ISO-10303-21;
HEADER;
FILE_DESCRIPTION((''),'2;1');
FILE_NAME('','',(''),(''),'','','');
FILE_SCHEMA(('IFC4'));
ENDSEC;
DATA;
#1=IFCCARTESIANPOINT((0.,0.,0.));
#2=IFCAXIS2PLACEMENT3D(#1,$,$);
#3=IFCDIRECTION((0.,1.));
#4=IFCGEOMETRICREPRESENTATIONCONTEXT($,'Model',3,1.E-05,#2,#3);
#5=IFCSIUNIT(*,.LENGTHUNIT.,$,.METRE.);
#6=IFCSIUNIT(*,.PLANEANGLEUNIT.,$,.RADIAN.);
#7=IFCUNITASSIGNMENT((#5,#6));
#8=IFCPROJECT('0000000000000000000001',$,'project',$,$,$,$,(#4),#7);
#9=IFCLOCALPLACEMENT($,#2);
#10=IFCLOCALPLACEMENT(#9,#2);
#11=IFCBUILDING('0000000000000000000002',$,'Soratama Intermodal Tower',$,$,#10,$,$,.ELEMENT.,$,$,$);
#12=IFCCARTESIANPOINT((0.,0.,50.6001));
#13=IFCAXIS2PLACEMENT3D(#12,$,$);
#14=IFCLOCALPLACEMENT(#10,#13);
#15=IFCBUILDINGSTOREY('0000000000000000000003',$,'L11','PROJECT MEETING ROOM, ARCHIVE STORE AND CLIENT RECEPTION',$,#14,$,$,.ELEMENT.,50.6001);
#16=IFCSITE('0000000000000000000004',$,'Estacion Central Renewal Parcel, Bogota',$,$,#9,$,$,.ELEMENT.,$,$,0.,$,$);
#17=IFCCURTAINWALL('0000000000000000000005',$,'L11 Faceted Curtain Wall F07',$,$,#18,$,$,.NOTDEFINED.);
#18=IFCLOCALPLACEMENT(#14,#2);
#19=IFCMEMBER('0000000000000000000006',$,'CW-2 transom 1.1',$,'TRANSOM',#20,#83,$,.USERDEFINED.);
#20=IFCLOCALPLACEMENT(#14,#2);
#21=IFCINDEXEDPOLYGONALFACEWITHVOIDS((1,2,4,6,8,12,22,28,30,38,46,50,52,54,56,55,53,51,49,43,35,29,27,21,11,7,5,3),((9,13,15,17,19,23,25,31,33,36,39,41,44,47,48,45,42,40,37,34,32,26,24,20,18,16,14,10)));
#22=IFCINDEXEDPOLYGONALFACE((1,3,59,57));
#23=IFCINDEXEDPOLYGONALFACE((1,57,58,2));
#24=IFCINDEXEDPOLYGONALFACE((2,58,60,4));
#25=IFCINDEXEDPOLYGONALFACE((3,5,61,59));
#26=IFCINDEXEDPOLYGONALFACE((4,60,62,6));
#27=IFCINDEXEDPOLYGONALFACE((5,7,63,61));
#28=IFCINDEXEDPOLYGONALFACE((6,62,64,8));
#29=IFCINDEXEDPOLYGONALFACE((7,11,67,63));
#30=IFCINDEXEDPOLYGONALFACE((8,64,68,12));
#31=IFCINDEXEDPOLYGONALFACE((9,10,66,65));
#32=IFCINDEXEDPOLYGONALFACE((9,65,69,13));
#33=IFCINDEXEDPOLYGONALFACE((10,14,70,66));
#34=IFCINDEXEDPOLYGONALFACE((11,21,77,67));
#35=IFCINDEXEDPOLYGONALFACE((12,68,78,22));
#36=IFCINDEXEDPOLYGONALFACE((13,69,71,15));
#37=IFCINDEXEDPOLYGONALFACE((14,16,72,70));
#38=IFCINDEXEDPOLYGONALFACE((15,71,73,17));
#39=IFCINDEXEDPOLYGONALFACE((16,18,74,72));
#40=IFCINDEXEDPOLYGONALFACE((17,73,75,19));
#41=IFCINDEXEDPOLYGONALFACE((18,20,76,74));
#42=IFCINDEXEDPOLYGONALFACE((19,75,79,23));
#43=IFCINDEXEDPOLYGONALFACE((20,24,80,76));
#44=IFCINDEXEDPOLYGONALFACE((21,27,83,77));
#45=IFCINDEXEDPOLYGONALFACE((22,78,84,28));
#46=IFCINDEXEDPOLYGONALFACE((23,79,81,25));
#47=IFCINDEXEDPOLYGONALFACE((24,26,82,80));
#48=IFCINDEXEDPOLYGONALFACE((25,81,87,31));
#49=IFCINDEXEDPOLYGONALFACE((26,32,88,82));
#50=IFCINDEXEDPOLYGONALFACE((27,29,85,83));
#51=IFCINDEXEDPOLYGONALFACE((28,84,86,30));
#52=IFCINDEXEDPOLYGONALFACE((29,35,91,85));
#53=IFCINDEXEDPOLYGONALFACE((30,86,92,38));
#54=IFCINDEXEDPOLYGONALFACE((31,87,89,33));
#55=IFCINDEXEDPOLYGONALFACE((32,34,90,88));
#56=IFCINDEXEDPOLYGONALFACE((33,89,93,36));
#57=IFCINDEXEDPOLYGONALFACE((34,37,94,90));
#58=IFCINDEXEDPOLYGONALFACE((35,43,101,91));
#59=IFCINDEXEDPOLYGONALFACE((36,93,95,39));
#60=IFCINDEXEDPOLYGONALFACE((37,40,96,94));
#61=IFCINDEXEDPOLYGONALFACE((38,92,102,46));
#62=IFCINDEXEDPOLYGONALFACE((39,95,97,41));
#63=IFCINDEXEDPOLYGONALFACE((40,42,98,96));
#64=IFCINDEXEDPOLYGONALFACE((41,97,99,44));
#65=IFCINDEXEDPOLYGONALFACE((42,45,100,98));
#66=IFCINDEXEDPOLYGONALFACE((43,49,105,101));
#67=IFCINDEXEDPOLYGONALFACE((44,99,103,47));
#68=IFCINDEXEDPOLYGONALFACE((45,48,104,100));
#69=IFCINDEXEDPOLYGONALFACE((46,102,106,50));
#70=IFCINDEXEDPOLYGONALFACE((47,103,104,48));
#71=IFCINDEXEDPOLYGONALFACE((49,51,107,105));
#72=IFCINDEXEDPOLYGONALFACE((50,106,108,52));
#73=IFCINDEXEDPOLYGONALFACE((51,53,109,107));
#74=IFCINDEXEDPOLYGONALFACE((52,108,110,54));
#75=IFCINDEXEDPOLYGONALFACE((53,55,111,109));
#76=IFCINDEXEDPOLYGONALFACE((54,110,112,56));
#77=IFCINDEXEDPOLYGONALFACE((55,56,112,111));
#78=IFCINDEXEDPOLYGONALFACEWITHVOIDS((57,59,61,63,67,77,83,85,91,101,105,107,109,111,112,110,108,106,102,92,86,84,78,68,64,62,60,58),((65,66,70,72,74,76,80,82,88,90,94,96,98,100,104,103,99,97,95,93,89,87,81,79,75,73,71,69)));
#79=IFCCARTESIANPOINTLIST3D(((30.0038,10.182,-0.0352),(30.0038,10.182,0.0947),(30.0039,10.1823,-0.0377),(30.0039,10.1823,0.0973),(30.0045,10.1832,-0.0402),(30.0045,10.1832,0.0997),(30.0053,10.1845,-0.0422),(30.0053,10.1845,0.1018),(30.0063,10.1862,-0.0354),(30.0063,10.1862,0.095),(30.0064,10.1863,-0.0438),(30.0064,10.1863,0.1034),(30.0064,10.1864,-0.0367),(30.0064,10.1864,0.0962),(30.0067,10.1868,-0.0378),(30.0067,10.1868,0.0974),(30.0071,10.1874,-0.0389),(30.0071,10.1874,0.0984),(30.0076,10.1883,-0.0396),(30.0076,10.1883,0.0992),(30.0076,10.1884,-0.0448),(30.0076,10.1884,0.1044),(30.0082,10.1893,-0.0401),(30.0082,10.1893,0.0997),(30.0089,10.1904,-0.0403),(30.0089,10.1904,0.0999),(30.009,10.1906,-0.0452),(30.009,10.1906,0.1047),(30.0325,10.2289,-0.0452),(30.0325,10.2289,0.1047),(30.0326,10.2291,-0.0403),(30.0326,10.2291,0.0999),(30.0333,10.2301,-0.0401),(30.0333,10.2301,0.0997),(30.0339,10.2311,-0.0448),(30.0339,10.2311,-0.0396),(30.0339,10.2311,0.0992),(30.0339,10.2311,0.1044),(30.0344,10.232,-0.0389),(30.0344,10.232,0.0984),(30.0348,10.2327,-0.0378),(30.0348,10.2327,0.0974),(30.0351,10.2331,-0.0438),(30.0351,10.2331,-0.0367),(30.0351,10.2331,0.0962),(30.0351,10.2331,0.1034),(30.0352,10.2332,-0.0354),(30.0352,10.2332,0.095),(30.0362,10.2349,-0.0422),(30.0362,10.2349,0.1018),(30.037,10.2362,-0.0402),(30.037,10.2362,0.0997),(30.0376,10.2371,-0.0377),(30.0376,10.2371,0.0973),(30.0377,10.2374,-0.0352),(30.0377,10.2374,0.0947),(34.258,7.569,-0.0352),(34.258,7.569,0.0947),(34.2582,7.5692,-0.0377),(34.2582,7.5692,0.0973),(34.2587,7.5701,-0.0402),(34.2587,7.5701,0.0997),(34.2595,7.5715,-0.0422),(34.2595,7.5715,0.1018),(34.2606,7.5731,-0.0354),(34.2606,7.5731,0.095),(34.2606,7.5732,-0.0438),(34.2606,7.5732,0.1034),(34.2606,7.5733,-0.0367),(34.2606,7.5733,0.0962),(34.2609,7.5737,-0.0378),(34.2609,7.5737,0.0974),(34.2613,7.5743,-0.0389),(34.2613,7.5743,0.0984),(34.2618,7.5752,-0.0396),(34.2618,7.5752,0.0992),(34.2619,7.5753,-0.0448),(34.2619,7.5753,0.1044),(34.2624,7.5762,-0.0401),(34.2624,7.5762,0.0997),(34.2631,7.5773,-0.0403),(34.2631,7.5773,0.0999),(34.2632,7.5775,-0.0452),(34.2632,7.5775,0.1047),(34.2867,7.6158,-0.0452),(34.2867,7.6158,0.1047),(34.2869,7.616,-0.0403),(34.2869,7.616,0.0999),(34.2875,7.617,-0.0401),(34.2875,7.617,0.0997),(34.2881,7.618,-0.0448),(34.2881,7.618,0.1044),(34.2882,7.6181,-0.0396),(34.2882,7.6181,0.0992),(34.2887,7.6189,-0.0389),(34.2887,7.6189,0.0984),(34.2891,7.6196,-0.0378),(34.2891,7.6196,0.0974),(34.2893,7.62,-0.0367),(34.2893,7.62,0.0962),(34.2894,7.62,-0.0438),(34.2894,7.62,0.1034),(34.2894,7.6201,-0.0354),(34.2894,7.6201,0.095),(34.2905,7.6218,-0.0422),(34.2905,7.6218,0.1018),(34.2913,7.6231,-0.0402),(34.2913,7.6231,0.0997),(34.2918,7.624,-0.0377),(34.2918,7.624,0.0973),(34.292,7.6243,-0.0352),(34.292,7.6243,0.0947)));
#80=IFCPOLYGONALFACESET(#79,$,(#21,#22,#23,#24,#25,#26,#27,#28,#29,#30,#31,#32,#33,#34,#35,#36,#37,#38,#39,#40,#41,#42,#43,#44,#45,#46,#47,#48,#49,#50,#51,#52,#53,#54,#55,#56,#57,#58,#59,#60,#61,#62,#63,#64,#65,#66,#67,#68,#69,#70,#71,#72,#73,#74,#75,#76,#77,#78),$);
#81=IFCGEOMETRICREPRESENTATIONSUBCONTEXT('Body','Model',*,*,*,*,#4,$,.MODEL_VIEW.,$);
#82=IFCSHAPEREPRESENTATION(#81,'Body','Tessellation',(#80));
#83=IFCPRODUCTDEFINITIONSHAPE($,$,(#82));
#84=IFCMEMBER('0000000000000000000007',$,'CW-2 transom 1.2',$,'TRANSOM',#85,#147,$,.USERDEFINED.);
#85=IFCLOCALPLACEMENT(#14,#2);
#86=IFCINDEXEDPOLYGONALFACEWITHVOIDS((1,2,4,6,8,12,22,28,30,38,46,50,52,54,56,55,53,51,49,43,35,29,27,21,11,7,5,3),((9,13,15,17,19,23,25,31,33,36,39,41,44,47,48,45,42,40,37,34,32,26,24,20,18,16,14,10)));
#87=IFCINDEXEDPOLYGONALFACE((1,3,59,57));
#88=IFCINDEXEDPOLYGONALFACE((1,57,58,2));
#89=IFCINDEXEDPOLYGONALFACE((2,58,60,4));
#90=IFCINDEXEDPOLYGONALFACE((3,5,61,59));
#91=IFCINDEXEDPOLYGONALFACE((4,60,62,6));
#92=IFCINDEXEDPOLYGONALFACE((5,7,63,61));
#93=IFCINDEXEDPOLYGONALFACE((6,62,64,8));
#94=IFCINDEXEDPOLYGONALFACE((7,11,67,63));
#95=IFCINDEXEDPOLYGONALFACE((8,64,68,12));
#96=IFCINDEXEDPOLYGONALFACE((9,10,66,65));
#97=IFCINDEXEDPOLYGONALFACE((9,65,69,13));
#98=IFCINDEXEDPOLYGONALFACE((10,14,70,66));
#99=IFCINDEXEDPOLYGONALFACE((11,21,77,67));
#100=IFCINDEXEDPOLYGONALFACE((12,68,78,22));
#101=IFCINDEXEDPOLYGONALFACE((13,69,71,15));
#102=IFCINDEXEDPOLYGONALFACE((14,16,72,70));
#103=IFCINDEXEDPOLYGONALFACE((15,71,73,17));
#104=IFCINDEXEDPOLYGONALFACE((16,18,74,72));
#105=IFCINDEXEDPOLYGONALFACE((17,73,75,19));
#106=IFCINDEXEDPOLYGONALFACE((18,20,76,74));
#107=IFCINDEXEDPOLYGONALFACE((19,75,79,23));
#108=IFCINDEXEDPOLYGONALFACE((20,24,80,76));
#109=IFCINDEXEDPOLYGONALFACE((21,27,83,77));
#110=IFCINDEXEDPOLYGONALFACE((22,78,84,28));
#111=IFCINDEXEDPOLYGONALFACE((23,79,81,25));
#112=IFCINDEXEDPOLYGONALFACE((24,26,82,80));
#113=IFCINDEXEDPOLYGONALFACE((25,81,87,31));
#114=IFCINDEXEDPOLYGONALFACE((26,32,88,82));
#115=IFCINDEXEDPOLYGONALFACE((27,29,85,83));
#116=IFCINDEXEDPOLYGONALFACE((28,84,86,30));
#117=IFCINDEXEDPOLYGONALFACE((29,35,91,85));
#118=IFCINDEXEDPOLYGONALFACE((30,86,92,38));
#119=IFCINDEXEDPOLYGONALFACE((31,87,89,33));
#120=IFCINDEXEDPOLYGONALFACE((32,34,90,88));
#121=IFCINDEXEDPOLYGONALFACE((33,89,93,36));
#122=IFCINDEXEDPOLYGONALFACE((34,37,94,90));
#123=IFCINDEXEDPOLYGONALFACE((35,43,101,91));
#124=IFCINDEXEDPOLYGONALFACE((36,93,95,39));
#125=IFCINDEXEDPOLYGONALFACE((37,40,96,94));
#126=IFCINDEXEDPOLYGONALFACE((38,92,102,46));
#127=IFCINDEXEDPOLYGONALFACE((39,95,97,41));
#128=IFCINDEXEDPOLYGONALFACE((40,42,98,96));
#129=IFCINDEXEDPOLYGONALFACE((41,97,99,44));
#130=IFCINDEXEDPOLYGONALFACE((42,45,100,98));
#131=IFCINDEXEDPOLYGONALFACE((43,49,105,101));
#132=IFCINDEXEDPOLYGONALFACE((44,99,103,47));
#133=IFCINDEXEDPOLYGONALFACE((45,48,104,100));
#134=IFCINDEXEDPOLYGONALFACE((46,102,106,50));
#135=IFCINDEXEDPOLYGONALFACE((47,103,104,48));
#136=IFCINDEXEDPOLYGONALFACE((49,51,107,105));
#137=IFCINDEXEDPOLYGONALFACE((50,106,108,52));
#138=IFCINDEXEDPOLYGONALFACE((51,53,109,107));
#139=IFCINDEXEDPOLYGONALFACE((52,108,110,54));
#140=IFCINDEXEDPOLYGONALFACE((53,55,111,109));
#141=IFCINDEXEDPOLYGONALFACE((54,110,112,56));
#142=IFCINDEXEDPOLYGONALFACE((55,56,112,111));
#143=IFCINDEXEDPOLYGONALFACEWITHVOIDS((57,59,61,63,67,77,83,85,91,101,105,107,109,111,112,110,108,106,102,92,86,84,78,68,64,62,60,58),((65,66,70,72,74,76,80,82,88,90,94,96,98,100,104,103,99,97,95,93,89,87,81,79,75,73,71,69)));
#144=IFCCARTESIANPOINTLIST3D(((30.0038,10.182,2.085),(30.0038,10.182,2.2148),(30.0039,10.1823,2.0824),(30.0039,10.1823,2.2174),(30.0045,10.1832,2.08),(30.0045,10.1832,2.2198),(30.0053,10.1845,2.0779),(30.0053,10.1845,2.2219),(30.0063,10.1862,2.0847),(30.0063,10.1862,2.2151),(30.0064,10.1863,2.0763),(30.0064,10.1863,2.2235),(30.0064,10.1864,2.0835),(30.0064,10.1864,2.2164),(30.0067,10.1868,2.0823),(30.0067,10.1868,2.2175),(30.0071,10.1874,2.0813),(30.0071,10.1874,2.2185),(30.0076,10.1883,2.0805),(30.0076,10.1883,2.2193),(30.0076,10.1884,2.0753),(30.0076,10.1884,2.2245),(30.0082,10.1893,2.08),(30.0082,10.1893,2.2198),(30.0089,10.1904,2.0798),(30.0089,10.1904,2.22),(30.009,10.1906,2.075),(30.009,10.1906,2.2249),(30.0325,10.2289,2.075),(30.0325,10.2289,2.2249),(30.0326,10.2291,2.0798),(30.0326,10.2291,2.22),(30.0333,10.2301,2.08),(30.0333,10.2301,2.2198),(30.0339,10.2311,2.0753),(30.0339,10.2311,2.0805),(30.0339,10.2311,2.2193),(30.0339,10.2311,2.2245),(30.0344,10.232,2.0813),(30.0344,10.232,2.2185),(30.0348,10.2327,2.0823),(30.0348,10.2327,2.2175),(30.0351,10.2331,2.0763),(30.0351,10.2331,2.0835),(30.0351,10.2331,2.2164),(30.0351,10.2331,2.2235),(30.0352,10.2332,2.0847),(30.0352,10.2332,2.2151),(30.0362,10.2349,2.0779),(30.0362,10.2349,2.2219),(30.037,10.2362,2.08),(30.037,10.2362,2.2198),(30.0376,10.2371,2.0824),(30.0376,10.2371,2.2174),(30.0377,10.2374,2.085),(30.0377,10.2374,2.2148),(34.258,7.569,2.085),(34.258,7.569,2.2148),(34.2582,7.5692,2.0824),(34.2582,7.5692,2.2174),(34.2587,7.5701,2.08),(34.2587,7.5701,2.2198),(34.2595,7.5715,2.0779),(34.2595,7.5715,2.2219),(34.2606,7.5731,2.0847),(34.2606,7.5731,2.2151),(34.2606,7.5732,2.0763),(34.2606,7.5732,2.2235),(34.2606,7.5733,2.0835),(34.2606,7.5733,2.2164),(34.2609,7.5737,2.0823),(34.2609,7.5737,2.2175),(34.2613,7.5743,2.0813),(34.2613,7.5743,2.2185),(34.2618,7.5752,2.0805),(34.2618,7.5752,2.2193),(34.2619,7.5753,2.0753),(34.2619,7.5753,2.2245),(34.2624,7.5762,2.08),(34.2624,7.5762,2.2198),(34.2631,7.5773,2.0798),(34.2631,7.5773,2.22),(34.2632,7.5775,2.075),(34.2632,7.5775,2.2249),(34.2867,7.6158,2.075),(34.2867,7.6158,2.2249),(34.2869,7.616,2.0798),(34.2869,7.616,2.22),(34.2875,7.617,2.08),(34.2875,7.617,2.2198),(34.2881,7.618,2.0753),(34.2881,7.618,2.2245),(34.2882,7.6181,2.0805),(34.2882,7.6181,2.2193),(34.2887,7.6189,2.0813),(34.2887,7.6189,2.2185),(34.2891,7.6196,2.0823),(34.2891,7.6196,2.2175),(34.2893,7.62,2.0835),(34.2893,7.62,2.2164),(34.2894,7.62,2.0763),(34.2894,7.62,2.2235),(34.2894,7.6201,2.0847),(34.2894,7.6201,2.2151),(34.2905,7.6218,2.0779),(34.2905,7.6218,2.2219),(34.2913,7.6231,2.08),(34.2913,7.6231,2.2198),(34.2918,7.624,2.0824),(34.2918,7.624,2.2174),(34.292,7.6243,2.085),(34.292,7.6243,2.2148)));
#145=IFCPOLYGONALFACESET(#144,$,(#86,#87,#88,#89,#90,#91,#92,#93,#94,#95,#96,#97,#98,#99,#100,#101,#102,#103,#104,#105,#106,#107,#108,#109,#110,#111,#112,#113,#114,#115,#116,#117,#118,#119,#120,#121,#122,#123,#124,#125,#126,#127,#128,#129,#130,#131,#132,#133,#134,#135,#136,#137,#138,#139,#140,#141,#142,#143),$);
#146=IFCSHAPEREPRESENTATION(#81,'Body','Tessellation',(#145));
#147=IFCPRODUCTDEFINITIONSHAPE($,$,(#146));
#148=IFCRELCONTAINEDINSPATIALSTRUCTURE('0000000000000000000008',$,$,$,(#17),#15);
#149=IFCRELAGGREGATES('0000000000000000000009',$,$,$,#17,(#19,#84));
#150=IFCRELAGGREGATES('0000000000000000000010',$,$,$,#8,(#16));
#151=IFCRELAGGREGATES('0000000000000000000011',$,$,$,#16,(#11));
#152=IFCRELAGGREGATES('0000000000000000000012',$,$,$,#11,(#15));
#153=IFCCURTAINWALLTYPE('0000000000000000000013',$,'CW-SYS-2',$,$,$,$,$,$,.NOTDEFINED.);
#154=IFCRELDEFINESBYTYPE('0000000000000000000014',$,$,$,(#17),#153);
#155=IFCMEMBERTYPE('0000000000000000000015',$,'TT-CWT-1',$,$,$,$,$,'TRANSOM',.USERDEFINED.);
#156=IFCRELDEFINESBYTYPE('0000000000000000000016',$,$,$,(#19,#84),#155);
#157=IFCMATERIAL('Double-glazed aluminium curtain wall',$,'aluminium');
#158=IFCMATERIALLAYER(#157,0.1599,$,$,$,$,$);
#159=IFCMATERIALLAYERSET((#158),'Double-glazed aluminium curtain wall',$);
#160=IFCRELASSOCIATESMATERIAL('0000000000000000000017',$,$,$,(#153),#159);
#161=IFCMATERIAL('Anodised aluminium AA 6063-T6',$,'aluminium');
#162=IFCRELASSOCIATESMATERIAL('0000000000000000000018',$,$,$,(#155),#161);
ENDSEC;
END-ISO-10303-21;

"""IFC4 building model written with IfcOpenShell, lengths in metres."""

from ifc_helpers import new_model, si_unit, direction, frame, origin, origin_2d, place, context, subcontext, project, spatial, hollow_rectangle, extrude, material, layer, layer_set, material_profile, profile_set, type_object, element, aggregate, save


model = new_model("IFC4")

# Units and contexts
model_context = context("Model", 3, precision=1e-05, world=origin(), true_north=direction((0.0, 1.0)))
body_context = subcontext(model_context, "Body", "Model", "MODEL_VIEW")
ifc_project = project(units=[si_unit("LENGTHUNIT", "METRE"), si_unit("PLANEANGLEUNIT", "RADIAN")], contexts=[model_context])

# Site, building, storey
site_placement = place(None, origin())
site = spatial("IfcSite", under=ifc_project, at=site_placement, Name="Estacion Central Renewal Parcel, Bogota", CompositionType="ELEMENT", RefElevation=0.0)
building_placement = place(site_placement, origin())
building = spatial("IfcBuilding", under=site, at=building_placement, Name="Soratama Intermodal Tower", CompositionType="ELEMENT")
storey_placement = place(building_placement, frame((0.0, 0.0, 50.6001)))
storey = spatial("IfcBuildingStorey", under=building, at=storey_placement, Name="L11", Description="PROJECT MEETING ROOM, ARCHIVE STORE AND CLIENT RECEPTION", CompositionType="ELEMENT", Elevation=50.6001)

# Shared definitions
ifc_material_1 = material(Name="Double-glazed aluminium curtain wall", Category="aluminium")
ifc_layer_1 = layer(ifc_material_1, 0.1599)
ifc_layer_set_1 = layer_set([ifc_layer_1], Name="Double-glazed aluminium curtain wall")
curtain_wall_type = type_object("IfcCurtainWallType", Name="CW-SYS-2", PredefinedType="NOTDEFINED", material=ifc_layer_set_1)

# Curtain wall, members
curtain_wall_1_placement = place(storey_placement, origin())
curtain_wall_1 = element("IfcCurtainWall", 1, at=curtain_wall_1_placement, inside=storey, type_object=curtain_wall_type, Name="L11 Faceted Curtain Wall F07", PredefinedType="NOTDEFINED")
ifc_material_2 = material(Name="Anodised aluminium AA 6063-T6", Category="aluminium")
ifc_material_profile_1 = material_profile(ifc_material_2, hollow_rectangle(XDim=0.0649, YDim=0.1499, WallThickness=0.0049, InnerFilletRadius=0.0049, OuterFilletRadius=0.01, at=origin_2d()), Name="CWT150X65X5")
ifc_profile_set_1 = profile_set([ifc_material_profile_1], Name="Anodised aluminium AA 6063-T6")
member_type_1 = type_object("IfcMemberType", Name="TT-CWT-1", ElementType="TRANSOM", PredefinedType="USERDEFINED", material=ifc_profile_set_1)
member_1_placement = place(storey_placement, frame((30.0208, 10.2097, 0.0298), z_axis=(0.852096, -0.523385, 0.0), x_axis=(0.523385, 0.852096, 0.0)))
member_1 = element("IfcMember", 2, at=member_1_placement, type_object=member_type_1, Name="CW-2 transom 1.1", ObjectType="TRANSOM", PredefinedType="USERDEFINED", context=body_context, shape_type="SweptSolid", body=[
    extrude(hollow_rectangle(XDim=0.0649, YDim=0.1499, WallThickness=0.0049, InnerFilletRadius=0.0049, OuterFilletRadius=0.01, at=origin_2d()), origin(), (0.0, 0.0, 1.0), 4.9927),
])
member_2_placement = place(storey_placement, frame((30.0208, 10.2097, 2.1499), z_axis=(0.852096, -0.523385, 0.0), x_axis=(0.523385, 0.852096, 0.0)))
member_2 = element("IfcMember", 3, at=member_2_placement, type_object=member_type_1, Name="CW-2 transom 1.2", ObjectType="TRANSOM", PredefinedType="USERDEFINED", context=body_context, shape_type="SweptSolid", body=[
    extrude(hollow_rectangle(XDim=0.0649, YDim=0.1499, WallThickness=0.0049, InnerFilletRadius=0.0049, OuterFilletRadius=0.01, at=origin_2d()), origin(), (0.0, 0.0, 1.0), 4.9927),
])

aggregate(curtain_wall_1, [member_1, member_2])

save(model, "model.ifc")
